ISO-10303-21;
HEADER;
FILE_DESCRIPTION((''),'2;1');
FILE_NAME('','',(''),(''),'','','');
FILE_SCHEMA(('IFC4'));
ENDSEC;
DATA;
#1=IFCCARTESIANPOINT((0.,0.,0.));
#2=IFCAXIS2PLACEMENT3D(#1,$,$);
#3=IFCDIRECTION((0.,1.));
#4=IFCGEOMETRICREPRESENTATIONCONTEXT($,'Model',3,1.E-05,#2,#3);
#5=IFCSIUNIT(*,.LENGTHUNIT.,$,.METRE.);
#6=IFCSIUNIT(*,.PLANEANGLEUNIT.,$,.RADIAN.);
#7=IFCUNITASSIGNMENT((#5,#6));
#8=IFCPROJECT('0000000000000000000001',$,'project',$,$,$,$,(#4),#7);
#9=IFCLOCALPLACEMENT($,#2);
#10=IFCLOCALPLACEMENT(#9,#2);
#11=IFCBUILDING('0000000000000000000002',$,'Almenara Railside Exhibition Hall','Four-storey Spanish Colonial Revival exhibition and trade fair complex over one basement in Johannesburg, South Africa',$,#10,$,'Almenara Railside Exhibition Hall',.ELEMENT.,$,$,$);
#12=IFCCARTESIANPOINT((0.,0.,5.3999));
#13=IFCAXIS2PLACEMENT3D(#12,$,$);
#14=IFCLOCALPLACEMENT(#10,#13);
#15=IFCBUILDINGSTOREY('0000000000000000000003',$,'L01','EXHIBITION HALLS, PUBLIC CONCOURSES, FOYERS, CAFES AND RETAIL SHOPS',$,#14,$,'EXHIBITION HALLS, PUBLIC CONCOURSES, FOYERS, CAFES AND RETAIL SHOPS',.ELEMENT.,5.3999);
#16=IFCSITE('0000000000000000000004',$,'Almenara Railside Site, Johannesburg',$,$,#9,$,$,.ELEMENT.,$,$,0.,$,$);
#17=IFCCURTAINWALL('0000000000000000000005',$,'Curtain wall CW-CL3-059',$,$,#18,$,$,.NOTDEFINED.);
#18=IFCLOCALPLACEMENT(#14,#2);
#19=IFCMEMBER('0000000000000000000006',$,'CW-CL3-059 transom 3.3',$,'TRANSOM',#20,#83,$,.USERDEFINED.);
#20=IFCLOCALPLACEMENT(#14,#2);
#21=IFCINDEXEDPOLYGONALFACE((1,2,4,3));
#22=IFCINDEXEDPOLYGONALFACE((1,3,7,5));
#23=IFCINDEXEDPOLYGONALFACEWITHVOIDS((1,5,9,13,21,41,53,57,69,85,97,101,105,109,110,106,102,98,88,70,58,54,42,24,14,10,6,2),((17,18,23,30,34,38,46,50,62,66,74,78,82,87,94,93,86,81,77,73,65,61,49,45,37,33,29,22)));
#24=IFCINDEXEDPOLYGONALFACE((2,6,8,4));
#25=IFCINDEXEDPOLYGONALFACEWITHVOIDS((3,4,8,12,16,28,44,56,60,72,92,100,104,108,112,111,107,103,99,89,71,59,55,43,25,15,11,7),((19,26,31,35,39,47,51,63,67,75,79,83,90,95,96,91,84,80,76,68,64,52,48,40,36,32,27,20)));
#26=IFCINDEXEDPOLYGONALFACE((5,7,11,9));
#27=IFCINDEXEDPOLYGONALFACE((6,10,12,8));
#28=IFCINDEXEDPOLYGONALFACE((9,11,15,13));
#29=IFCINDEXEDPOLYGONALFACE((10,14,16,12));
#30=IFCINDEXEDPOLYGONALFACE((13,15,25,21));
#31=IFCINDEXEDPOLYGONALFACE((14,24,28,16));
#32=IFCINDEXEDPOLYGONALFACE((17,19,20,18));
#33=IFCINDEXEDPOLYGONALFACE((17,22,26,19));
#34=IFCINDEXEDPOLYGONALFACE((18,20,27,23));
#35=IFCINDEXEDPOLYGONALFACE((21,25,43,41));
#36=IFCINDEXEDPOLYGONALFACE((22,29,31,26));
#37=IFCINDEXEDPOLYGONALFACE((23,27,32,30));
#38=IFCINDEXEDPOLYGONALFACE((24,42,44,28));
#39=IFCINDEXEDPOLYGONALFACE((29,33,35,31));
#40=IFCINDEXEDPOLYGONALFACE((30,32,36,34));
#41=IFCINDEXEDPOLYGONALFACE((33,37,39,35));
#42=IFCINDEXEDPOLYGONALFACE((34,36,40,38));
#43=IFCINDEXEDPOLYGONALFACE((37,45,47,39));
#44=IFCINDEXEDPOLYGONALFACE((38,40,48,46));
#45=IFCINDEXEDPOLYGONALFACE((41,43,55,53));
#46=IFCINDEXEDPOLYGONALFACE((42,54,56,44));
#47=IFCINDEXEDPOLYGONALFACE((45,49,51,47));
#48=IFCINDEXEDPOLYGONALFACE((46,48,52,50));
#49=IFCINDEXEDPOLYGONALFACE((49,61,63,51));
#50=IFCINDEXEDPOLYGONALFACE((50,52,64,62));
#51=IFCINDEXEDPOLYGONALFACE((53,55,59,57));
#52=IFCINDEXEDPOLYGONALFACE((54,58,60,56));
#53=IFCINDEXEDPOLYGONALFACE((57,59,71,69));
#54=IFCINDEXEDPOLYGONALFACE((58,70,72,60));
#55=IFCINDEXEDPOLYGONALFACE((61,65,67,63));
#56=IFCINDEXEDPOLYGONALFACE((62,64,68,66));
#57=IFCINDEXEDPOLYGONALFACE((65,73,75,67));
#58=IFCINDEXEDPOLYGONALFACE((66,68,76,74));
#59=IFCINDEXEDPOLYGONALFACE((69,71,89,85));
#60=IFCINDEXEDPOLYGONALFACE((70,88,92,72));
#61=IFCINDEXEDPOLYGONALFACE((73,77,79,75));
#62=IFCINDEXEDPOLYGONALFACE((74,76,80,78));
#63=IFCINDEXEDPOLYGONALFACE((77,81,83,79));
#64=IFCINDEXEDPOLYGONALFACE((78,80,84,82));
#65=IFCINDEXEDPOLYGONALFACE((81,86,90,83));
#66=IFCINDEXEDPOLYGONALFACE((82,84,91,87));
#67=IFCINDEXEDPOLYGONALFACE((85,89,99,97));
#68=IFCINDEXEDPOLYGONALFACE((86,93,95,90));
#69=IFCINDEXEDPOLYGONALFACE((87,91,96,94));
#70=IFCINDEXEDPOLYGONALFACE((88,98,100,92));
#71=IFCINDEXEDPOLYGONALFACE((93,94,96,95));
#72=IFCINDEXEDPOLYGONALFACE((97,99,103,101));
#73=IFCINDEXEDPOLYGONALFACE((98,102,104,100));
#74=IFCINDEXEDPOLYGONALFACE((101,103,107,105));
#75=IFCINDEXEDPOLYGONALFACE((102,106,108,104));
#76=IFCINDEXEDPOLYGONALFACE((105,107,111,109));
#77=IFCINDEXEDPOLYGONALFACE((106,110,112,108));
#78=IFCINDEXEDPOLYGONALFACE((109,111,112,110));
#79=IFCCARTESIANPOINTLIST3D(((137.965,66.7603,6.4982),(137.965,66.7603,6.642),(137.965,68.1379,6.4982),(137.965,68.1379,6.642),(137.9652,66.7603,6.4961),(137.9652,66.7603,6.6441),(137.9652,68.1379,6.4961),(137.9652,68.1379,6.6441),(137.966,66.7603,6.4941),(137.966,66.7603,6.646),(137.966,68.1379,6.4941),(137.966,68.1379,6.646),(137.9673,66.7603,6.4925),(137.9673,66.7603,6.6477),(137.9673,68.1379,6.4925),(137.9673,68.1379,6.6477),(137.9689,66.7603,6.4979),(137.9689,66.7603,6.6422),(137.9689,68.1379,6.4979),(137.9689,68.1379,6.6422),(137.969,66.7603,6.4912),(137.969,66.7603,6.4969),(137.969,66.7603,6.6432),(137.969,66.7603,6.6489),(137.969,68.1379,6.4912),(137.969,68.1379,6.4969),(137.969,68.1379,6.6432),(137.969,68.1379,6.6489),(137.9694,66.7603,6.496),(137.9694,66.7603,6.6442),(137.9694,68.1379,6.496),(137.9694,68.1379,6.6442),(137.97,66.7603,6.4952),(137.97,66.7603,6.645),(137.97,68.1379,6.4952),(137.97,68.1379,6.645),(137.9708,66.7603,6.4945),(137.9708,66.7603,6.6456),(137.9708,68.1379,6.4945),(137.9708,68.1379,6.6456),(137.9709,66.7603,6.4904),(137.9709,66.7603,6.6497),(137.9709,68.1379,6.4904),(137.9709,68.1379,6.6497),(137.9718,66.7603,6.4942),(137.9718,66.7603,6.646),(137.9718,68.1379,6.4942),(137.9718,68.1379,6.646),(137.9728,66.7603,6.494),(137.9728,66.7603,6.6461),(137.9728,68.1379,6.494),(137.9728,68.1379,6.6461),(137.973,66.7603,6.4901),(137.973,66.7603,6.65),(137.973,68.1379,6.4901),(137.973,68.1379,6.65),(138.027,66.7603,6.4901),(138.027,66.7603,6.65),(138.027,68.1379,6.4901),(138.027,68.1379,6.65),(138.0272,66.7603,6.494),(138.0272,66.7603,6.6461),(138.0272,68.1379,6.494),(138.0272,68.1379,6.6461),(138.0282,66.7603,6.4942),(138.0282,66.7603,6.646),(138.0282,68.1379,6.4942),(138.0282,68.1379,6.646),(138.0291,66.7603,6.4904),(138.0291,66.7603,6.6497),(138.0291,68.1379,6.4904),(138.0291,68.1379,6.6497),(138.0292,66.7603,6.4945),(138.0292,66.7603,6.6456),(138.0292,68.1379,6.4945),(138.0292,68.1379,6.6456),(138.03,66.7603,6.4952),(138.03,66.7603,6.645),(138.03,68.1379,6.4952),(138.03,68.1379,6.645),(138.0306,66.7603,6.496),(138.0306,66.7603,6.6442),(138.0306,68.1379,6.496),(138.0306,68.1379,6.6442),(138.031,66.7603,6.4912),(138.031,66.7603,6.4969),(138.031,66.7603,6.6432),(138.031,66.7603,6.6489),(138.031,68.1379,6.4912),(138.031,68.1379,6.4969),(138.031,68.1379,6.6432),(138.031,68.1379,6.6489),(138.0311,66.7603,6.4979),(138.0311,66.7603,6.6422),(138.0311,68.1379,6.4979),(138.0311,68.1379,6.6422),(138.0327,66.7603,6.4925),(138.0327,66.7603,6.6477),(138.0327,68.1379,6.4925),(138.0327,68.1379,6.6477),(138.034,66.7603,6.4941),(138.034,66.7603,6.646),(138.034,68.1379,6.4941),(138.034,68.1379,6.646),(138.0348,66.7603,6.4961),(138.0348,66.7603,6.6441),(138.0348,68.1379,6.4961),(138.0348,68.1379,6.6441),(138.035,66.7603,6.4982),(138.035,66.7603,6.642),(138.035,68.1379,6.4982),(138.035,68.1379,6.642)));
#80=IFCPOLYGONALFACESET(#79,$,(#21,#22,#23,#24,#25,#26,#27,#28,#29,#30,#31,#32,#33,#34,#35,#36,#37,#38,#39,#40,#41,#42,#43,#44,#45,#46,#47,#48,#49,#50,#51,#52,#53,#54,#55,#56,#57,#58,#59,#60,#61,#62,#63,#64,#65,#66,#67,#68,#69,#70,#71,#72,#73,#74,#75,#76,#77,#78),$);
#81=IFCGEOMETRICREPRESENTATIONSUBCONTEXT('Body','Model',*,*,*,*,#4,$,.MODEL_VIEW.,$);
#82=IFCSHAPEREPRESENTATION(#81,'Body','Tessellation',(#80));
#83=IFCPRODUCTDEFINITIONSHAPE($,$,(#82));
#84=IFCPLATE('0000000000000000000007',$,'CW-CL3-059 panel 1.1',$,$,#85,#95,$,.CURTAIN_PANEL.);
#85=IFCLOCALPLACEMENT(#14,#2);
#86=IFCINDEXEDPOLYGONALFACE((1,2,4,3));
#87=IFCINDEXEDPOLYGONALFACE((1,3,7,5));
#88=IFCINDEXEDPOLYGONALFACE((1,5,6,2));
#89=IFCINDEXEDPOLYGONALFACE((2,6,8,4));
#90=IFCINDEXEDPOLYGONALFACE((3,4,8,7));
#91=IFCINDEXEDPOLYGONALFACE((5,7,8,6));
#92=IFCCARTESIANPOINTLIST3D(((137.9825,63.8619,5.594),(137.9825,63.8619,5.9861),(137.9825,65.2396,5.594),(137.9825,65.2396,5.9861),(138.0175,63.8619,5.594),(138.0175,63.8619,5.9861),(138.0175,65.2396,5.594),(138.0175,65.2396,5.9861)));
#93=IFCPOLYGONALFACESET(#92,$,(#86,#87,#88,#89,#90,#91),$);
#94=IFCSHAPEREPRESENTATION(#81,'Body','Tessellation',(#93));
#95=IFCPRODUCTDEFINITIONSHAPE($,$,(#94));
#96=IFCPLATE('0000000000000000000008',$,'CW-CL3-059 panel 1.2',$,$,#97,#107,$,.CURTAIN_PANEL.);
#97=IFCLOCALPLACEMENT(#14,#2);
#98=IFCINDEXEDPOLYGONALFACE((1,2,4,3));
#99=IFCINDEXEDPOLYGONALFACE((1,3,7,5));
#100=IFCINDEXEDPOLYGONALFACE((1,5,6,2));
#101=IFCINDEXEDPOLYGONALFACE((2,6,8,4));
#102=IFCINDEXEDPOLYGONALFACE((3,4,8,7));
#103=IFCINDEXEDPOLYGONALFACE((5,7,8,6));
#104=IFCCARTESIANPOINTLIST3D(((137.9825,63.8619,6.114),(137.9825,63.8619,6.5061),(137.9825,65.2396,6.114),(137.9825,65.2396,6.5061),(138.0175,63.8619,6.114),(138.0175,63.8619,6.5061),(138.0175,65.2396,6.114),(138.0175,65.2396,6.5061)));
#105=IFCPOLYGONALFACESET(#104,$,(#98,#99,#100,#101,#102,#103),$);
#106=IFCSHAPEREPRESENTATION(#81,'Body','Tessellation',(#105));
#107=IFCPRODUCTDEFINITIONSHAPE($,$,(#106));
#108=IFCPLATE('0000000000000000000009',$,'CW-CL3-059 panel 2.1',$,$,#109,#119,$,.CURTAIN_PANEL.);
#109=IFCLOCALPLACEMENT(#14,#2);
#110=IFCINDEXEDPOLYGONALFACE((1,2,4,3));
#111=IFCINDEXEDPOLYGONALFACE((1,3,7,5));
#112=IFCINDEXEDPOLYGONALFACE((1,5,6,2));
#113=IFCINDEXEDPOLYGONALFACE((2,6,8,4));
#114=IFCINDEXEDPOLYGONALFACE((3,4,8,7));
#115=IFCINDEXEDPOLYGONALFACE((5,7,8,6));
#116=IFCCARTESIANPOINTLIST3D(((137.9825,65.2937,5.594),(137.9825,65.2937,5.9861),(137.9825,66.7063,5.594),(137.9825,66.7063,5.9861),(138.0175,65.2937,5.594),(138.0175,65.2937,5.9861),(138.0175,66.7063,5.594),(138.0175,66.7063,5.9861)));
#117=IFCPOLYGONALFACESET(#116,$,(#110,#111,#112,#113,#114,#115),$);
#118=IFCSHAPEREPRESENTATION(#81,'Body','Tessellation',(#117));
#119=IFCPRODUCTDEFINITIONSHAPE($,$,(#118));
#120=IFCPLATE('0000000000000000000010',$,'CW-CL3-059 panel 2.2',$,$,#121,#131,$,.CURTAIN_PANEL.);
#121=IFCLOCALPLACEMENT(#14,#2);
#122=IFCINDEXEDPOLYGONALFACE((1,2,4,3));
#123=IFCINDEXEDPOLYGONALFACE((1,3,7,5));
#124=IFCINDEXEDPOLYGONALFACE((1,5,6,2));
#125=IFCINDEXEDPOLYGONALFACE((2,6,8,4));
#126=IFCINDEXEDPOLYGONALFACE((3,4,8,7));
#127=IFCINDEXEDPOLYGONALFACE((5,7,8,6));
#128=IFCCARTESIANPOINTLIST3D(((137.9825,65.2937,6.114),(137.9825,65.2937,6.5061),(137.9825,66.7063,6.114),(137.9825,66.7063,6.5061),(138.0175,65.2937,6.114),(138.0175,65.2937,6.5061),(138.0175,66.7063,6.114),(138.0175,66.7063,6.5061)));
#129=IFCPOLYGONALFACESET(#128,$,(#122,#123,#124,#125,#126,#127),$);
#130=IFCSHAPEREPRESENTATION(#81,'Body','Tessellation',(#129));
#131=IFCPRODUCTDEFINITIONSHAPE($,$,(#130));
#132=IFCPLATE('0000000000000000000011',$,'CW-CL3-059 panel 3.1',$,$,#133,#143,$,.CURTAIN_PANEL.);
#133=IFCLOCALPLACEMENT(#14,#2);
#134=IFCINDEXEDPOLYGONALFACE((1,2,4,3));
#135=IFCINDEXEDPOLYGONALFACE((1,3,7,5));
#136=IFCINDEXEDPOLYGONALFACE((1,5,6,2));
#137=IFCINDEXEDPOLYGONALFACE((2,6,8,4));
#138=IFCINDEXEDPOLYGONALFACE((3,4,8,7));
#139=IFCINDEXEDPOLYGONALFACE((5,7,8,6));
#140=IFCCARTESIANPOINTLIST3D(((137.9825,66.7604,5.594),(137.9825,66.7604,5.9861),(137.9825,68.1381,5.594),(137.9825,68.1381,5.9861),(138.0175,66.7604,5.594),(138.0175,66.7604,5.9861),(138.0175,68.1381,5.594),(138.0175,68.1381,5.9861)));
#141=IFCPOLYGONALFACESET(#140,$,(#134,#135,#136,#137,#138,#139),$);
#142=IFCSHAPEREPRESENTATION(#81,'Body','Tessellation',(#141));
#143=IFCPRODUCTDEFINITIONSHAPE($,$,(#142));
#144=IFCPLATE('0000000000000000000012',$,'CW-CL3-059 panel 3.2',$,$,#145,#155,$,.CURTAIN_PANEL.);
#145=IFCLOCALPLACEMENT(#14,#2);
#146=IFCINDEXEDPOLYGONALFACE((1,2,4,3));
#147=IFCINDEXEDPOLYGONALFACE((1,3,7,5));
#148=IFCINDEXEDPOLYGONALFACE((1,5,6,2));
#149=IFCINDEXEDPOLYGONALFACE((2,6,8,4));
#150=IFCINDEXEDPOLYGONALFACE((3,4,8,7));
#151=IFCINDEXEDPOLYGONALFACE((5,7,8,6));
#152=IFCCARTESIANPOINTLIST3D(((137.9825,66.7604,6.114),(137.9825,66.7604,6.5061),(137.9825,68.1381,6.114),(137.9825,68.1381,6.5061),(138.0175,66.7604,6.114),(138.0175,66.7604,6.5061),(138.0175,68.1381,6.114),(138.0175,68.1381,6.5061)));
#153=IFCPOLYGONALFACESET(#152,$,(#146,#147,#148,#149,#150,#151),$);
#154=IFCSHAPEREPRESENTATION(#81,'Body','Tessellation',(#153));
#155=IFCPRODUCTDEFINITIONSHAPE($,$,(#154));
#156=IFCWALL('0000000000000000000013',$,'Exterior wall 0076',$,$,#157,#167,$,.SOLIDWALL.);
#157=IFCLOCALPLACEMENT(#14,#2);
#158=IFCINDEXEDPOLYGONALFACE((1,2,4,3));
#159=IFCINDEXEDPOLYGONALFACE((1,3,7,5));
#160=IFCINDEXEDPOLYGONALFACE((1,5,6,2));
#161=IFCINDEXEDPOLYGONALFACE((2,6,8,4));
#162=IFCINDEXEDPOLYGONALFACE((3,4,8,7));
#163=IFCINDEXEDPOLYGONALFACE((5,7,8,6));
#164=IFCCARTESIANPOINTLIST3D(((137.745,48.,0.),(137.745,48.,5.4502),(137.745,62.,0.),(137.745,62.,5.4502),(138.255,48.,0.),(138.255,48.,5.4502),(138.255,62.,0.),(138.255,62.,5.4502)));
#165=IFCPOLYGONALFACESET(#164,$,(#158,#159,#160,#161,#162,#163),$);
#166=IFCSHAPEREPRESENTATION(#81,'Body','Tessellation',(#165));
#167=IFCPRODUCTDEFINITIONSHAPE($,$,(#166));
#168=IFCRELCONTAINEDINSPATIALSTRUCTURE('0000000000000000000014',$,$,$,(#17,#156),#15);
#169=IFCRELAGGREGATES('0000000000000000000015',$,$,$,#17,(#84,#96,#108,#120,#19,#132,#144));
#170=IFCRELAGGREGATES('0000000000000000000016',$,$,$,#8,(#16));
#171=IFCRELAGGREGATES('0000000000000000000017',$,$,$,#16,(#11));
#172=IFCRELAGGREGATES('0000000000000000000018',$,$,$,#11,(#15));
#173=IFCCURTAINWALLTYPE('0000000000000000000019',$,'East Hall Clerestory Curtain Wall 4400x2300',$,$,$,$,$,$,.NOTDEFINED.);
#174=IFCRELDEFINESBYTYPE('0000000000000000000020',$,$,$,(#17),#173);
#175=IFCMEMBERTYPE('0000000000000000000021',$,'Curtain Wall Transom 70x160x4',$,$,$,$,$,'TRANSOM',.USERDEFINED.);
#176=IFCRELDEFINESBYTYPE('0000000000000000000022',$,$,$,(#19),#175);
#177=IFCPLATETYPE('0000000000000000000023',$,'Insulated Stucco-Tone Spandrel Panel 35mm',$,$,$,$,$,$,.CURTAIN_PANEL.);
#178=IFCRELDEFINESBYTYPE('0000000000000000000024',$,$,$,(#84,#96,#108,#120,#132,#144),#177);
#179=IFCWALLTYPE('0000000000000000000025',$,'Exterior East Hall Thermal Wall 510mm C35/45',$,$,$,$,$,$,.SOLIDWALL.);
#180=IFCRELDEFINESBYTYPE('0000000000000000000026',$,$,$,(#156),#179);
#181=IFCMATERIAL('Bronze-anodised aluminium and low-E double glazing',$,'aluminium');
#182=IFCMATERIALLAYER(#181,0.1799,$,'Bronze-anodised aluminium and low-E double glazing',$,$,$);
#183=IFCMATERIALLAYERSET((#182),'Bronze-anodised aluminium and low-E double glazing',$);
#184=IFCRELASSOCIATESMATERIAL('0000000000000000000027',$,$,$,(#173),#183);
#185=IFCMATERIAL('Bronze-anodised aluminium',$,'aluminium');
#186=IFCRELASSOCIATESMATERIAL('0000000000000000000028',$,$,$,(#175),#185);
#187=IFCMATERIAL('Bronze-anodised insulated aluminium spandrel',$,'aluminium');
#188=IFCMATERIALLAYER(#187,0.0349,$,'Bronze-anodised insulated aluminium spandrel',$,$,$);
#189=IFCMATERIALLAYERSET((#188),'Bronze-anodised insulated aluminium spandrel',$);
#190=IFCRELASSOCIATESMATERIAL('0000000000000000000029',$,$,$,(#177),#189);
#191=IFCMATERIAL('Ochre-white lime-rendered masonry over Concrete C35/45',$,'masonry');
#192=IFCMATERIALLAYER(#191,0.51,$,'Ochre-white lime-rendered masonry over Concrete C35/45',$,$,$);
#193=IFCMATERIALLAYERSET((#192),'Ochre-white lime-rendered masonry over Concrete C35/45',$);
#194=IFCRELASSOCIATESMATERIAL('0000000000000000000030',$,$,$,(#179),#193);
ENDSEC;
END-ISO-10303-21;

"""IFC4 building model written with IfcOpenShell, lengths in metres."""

from ifc_helpers import new_model, si_unit, direction, frame, frame_2d, origin, origin_2d, place, context, subcontext, project, spatial, rectangle, hollow_rectangle, extrude, material, layer, layer_set, material_profile, profile_set, type_object, element, aggregate, save


model = new_model("IFC4")

# Units and contexts
model_context = context("Model", 3, precision=1e-05, world=origin(), true_north=direction((0.0, 1.0)))
body_context = subcontext(model_context, "Body", "Model", "MODEL_VIEW")
ifc_project = project(units=[si_unit("LENGTHUNIT", "METRE"), si_unit("PLANEANGLEUNIT", "RADIAN")], contexts=[model_context])

# Site, building, storey
site_placement = place(None, origin())
site = spatial("IfcSite", under=ifc_project, at=site_placement, Name="Almenara Railside Site, Johannesburg", CompositionType="ELEMENT", RefElevation=0.0)
building_placement = place(site_placement, origin())
building = spatial("IfcBuilding", under=site, at=building_placement, Name="Almenara Railside Exhibition Hall", Description="Four-storey Spanish Colonial Revival exhibition and trade fair complex over one basement in Johannesburg, South Africa", LongName="Almenara Railside Exhibition Hall", CompositionType="ELEMENT")
storey_placement = place(building_placement, frame((0.0, 0.0, 5.3999)))
storey = spatial("IfcBuildingStorey", under=building, at=storey_placement, Name="L01", Description="EXHIBITION HALLS, PUBLIC CONCOURSES, FOYERS, CAFES AND RETAIL SHOPS", LongName="EXHIBITION HALLS, PUBLIC CONCOURSES, FOYERS, CAFES AND RETAIL SHOPS", CompositionType="ELEMENT", Elevation=5.3999)

# Shared definitions
ifc_material_1 = material(Name="Bronze-anodised aluminium and low-E double glazing", Category="aluminium")
ifc_layer_1 = layer(ifc_material_1, 0.1799, Name="Bronze-anodised aluminium and low-E double glazing")
ifc_layer_set_1 = layer_set([ifc_layer_1], Name="Bronze-anodised aluminium and low-E double glazing")
curtain_wall_type = type_object("IfcCurtainWallType", Name="East Hall Clerestory Curtain Wall 4400x2300", PredefinedType="NOTDEFINED", material=ifc_layer_set_1)
ifc_material_2 = material(Name="Bronze-anodised aluminium", Category="aluminium")

# Curtain wall
curtain_wall_1_placement = place(storey_placement, origin())
curtain_wall_1 = element("IfcCurtainWall", 1, at=curtain_wall_1_placement, inside=storey, type_object=curtain_wall_type, Name="Curtain wall CW-CL3-059", PredefinedType="NOTDEFINED")

# Member
ifc_material_profile_1 = material_profile(ifc_material_2, hollow_rectangle(XDim=0.0701, YDim=0.1599, WallThickness=0.0039, InnerFilletRadius=0.0039, OuterFilletRadius=0.0081, at=origin_2d()), Name="ALU-TRN 70x160x4")
ifc_profile_set_1 = profile_set([ifc_material_profile_1], Name="Bronze-anodised aluminium")
member_type_1 = type_object("IfcMemberType", Name="Curtain Wall Transom 70x160x4", ElementType="TRANSOM", PredefinedType="USERDEFINED", material=ifc_profile_set_1)
member_1_placement = place(storey_placement, frame((138.0, 66.7603, 6.5701), z_axis=(0.0, 1.0, 0.0), x_axis=(-1.0, 0.0, 0.0)))
member_1 = element("IfcMember", 2, at=member_1_placement, type_object=member_type_1, Name="CW-CL3-059 transom 3.3", ObjectType="TRANSOM", PredefinedType="USERDEFINED", context=body_context, shape_type="SweptSolid", body=[
    extrude(hollow_rectangle(XDim=0.0701, YDim=0.1599, WallThickness=0.0039, InnerFilletRadius=0.0039, OuterFilletRadius=0.0081, at=origin_2d()), origin(), (0.0, 0.0, 1.0), 1.3777),
])

# Plates
ifc_material_3 = material(Name="Bronze-anodised insulated aluminium spandrel", Category="aluminium")
ifc_layer_2 = layer(ifc_material_3, 0.0349, Name="Bronze-anodised insulated aluminium spandrel")
ifc_layer_set_2 = layer_set([ifc_layer_2], Name="Bronze-anodised insulated aluminium spandrel")
plate_type = type_object("IfcPlateType", Name="Insulated Stucco-Tone Spandrel Panel 35mm", PredefinedType="CURTAIN_PANEL", material=ifc_layer_set_2)
plate_1_placement = place(storey_placement, frame((138.0, 64.5508, 5.594), z_axis=(0.0, 0.0, 1.0), x_axis=(0.0, 1.0, 0.0)))
plate_1 = element("IfcPlate", 3, at=plate_1_placement, type_object=plate_type, Name="CW-CL3-059 panel 1.1", PredefinedType="CURTAIN_PANEL", context=body_context, shape_type="SweptSolid", body=[
    extrude(rectangle(XDim=1.3777, YDim=0.0349, at=origin_2d()), origin(), (0.0, 0.0, 1.0), 0.3921),
])
plate_2_placement = place(storey_placement, frame((138.0, 64.5508, 6.114), z_axis=(0.0, 0.0, 1.0), x_axis=(0.0, 1.0, 0.0)))
plate_2 = element("IfcPlate", 4, at=plate_2_placement, type_object=plate_type, Name="CW-CL3-059 panel 1.2", PredefinedType="CURTAIN_PANEL", context=body_context, shape_type="SweptSolid", body=[
    extrude(rectangle(XDim=1.3777, YDim=0.0349, at=origin_2d()), origin(), (0.0, 0.0, 1.0), 0.3921),
])
plate_3_placement = place(storey_placement, frame((138.0, 66.0, 5.594), z_axis=(0.0, 0.0, 1.0), x_axis=(0.0, 1.0, 0.0)))
plate_3 = element("IfcPlate", 5, at=plate_3_placement, type_object=plate_type, Name="CW-CL3-059 panel 2.1", PredefinedType="CURTAIN_PANEL", context=body_context, shape_type="SweptSolid", body=[
    extrude(rectangle(XDim=1.4126, YDim=0.0349, at=origin_2d()), origin(), (0.0, 0.0, 1.0), 0.3921),
])
plate_4_placement = place(storey_placement, frame((138.0, 66.0, 6.114), z_axis=(0.0, 0.0, 1.0), x_axis=(0.0, 1.0, 0.0)))
plate_4 = element("IfcPlate", 6, at=plate_4_placement, type_object=plate_type, Name="CW-CL3-059 panel 2.2", PredefinedType="CURTAIN_PANEL", context=body_context, shape_type="SweptSolid", body=[
    extrude(rectangle(XDim=1.4126, YDim=0.0349, at=origin_2d()), origin(), (0.0, 0.0, 1.0), 0.3921),
])
plate_5_placement = place(storey_placement, frame((138.0, 67.4492, 5.594), z_axis=(0.0, 0.0, 1.0), x_axis=(0.0, 1.0, 0.0)))
plate_5 = element("IfcPlate", 7, at=plate_5_placement, type_object=plate_type, Name="CW-CL3-059 panel 3.1", PredefinedType="CURTAIN_PANEL", context=body_context, shape_type="SweptSolid", body=[
    extrude(rectangle(XDim=1.3777, YDim=0.0349, at=origin_2d()), origin(), (0.0, 0.0, 1.0), 0.3921),
])
plate_6_placement = place(storey_placement, frame((138.0, 67.4492, 6.114), z_axis=(0.0, 0.0, 1.0), x_axis=(0.0, 1.0, 0.0)))
plate_6 = element("IfcPlate", 8, at=plate_6_placement, type_object=plate_type, Name="CW-CL3-059 panel 3.2", PredefinedType="CURTAIN_PANEL", context=body_context, shape_type="SweptSolid", body=[
    extrude(rectangle(XDim=1.3777, YDim=0.0349, at=origin_2d()), origin(), (0.0, 0.0, 1.0), 0.3921),
])
aggregate(curtain_wall_1, [plate_1, plate_2, plate_3, plate_4, member_1, plate_5, plate_6])

# Wall
ifc_material_4 = material(Name="Ochre-white lime-rendered masonry over Concrete C35/45", Category="masonry")
ifc_layer_3 = layer(ifc_material_4, 0.51, Name="Ochre-white lime-rendered masonry over Concrete C35/45")
ifc_layer_set_3 = layer_set([ifc_layer_3], Name="Ochre-white lime-rendered masonry over Concrete C35/45")
wall_type = type_object("IfcWallType", Name="Exterior East Hall Thermal Wall 510mm C35/45", PredefinedType="SOLIDWALL", material=ifc_layer_set_3)
wall_placement = place(storey_placement, frame((138.0, 62.0, 0.0), z_axis=(0.0, 0.0, 1.0), x_axis=(0.0, -1.0, 0.0)))
element("IfcWall", 9, at=wall_placement, inside=storey, type_object=wall_type, Name="Exterior wall 0076", PredefinedType="SOLIDWALL", context=body_context, shape_type="SweptSolid", body=[
    extrude(rectangle(XDim=14.0, YDim=0.51, at=frame_2d((7.0, 0.0))), origin(), (0.0, 0.0, 1.0), 5.4502),
])

save(model, "model.ifc")
